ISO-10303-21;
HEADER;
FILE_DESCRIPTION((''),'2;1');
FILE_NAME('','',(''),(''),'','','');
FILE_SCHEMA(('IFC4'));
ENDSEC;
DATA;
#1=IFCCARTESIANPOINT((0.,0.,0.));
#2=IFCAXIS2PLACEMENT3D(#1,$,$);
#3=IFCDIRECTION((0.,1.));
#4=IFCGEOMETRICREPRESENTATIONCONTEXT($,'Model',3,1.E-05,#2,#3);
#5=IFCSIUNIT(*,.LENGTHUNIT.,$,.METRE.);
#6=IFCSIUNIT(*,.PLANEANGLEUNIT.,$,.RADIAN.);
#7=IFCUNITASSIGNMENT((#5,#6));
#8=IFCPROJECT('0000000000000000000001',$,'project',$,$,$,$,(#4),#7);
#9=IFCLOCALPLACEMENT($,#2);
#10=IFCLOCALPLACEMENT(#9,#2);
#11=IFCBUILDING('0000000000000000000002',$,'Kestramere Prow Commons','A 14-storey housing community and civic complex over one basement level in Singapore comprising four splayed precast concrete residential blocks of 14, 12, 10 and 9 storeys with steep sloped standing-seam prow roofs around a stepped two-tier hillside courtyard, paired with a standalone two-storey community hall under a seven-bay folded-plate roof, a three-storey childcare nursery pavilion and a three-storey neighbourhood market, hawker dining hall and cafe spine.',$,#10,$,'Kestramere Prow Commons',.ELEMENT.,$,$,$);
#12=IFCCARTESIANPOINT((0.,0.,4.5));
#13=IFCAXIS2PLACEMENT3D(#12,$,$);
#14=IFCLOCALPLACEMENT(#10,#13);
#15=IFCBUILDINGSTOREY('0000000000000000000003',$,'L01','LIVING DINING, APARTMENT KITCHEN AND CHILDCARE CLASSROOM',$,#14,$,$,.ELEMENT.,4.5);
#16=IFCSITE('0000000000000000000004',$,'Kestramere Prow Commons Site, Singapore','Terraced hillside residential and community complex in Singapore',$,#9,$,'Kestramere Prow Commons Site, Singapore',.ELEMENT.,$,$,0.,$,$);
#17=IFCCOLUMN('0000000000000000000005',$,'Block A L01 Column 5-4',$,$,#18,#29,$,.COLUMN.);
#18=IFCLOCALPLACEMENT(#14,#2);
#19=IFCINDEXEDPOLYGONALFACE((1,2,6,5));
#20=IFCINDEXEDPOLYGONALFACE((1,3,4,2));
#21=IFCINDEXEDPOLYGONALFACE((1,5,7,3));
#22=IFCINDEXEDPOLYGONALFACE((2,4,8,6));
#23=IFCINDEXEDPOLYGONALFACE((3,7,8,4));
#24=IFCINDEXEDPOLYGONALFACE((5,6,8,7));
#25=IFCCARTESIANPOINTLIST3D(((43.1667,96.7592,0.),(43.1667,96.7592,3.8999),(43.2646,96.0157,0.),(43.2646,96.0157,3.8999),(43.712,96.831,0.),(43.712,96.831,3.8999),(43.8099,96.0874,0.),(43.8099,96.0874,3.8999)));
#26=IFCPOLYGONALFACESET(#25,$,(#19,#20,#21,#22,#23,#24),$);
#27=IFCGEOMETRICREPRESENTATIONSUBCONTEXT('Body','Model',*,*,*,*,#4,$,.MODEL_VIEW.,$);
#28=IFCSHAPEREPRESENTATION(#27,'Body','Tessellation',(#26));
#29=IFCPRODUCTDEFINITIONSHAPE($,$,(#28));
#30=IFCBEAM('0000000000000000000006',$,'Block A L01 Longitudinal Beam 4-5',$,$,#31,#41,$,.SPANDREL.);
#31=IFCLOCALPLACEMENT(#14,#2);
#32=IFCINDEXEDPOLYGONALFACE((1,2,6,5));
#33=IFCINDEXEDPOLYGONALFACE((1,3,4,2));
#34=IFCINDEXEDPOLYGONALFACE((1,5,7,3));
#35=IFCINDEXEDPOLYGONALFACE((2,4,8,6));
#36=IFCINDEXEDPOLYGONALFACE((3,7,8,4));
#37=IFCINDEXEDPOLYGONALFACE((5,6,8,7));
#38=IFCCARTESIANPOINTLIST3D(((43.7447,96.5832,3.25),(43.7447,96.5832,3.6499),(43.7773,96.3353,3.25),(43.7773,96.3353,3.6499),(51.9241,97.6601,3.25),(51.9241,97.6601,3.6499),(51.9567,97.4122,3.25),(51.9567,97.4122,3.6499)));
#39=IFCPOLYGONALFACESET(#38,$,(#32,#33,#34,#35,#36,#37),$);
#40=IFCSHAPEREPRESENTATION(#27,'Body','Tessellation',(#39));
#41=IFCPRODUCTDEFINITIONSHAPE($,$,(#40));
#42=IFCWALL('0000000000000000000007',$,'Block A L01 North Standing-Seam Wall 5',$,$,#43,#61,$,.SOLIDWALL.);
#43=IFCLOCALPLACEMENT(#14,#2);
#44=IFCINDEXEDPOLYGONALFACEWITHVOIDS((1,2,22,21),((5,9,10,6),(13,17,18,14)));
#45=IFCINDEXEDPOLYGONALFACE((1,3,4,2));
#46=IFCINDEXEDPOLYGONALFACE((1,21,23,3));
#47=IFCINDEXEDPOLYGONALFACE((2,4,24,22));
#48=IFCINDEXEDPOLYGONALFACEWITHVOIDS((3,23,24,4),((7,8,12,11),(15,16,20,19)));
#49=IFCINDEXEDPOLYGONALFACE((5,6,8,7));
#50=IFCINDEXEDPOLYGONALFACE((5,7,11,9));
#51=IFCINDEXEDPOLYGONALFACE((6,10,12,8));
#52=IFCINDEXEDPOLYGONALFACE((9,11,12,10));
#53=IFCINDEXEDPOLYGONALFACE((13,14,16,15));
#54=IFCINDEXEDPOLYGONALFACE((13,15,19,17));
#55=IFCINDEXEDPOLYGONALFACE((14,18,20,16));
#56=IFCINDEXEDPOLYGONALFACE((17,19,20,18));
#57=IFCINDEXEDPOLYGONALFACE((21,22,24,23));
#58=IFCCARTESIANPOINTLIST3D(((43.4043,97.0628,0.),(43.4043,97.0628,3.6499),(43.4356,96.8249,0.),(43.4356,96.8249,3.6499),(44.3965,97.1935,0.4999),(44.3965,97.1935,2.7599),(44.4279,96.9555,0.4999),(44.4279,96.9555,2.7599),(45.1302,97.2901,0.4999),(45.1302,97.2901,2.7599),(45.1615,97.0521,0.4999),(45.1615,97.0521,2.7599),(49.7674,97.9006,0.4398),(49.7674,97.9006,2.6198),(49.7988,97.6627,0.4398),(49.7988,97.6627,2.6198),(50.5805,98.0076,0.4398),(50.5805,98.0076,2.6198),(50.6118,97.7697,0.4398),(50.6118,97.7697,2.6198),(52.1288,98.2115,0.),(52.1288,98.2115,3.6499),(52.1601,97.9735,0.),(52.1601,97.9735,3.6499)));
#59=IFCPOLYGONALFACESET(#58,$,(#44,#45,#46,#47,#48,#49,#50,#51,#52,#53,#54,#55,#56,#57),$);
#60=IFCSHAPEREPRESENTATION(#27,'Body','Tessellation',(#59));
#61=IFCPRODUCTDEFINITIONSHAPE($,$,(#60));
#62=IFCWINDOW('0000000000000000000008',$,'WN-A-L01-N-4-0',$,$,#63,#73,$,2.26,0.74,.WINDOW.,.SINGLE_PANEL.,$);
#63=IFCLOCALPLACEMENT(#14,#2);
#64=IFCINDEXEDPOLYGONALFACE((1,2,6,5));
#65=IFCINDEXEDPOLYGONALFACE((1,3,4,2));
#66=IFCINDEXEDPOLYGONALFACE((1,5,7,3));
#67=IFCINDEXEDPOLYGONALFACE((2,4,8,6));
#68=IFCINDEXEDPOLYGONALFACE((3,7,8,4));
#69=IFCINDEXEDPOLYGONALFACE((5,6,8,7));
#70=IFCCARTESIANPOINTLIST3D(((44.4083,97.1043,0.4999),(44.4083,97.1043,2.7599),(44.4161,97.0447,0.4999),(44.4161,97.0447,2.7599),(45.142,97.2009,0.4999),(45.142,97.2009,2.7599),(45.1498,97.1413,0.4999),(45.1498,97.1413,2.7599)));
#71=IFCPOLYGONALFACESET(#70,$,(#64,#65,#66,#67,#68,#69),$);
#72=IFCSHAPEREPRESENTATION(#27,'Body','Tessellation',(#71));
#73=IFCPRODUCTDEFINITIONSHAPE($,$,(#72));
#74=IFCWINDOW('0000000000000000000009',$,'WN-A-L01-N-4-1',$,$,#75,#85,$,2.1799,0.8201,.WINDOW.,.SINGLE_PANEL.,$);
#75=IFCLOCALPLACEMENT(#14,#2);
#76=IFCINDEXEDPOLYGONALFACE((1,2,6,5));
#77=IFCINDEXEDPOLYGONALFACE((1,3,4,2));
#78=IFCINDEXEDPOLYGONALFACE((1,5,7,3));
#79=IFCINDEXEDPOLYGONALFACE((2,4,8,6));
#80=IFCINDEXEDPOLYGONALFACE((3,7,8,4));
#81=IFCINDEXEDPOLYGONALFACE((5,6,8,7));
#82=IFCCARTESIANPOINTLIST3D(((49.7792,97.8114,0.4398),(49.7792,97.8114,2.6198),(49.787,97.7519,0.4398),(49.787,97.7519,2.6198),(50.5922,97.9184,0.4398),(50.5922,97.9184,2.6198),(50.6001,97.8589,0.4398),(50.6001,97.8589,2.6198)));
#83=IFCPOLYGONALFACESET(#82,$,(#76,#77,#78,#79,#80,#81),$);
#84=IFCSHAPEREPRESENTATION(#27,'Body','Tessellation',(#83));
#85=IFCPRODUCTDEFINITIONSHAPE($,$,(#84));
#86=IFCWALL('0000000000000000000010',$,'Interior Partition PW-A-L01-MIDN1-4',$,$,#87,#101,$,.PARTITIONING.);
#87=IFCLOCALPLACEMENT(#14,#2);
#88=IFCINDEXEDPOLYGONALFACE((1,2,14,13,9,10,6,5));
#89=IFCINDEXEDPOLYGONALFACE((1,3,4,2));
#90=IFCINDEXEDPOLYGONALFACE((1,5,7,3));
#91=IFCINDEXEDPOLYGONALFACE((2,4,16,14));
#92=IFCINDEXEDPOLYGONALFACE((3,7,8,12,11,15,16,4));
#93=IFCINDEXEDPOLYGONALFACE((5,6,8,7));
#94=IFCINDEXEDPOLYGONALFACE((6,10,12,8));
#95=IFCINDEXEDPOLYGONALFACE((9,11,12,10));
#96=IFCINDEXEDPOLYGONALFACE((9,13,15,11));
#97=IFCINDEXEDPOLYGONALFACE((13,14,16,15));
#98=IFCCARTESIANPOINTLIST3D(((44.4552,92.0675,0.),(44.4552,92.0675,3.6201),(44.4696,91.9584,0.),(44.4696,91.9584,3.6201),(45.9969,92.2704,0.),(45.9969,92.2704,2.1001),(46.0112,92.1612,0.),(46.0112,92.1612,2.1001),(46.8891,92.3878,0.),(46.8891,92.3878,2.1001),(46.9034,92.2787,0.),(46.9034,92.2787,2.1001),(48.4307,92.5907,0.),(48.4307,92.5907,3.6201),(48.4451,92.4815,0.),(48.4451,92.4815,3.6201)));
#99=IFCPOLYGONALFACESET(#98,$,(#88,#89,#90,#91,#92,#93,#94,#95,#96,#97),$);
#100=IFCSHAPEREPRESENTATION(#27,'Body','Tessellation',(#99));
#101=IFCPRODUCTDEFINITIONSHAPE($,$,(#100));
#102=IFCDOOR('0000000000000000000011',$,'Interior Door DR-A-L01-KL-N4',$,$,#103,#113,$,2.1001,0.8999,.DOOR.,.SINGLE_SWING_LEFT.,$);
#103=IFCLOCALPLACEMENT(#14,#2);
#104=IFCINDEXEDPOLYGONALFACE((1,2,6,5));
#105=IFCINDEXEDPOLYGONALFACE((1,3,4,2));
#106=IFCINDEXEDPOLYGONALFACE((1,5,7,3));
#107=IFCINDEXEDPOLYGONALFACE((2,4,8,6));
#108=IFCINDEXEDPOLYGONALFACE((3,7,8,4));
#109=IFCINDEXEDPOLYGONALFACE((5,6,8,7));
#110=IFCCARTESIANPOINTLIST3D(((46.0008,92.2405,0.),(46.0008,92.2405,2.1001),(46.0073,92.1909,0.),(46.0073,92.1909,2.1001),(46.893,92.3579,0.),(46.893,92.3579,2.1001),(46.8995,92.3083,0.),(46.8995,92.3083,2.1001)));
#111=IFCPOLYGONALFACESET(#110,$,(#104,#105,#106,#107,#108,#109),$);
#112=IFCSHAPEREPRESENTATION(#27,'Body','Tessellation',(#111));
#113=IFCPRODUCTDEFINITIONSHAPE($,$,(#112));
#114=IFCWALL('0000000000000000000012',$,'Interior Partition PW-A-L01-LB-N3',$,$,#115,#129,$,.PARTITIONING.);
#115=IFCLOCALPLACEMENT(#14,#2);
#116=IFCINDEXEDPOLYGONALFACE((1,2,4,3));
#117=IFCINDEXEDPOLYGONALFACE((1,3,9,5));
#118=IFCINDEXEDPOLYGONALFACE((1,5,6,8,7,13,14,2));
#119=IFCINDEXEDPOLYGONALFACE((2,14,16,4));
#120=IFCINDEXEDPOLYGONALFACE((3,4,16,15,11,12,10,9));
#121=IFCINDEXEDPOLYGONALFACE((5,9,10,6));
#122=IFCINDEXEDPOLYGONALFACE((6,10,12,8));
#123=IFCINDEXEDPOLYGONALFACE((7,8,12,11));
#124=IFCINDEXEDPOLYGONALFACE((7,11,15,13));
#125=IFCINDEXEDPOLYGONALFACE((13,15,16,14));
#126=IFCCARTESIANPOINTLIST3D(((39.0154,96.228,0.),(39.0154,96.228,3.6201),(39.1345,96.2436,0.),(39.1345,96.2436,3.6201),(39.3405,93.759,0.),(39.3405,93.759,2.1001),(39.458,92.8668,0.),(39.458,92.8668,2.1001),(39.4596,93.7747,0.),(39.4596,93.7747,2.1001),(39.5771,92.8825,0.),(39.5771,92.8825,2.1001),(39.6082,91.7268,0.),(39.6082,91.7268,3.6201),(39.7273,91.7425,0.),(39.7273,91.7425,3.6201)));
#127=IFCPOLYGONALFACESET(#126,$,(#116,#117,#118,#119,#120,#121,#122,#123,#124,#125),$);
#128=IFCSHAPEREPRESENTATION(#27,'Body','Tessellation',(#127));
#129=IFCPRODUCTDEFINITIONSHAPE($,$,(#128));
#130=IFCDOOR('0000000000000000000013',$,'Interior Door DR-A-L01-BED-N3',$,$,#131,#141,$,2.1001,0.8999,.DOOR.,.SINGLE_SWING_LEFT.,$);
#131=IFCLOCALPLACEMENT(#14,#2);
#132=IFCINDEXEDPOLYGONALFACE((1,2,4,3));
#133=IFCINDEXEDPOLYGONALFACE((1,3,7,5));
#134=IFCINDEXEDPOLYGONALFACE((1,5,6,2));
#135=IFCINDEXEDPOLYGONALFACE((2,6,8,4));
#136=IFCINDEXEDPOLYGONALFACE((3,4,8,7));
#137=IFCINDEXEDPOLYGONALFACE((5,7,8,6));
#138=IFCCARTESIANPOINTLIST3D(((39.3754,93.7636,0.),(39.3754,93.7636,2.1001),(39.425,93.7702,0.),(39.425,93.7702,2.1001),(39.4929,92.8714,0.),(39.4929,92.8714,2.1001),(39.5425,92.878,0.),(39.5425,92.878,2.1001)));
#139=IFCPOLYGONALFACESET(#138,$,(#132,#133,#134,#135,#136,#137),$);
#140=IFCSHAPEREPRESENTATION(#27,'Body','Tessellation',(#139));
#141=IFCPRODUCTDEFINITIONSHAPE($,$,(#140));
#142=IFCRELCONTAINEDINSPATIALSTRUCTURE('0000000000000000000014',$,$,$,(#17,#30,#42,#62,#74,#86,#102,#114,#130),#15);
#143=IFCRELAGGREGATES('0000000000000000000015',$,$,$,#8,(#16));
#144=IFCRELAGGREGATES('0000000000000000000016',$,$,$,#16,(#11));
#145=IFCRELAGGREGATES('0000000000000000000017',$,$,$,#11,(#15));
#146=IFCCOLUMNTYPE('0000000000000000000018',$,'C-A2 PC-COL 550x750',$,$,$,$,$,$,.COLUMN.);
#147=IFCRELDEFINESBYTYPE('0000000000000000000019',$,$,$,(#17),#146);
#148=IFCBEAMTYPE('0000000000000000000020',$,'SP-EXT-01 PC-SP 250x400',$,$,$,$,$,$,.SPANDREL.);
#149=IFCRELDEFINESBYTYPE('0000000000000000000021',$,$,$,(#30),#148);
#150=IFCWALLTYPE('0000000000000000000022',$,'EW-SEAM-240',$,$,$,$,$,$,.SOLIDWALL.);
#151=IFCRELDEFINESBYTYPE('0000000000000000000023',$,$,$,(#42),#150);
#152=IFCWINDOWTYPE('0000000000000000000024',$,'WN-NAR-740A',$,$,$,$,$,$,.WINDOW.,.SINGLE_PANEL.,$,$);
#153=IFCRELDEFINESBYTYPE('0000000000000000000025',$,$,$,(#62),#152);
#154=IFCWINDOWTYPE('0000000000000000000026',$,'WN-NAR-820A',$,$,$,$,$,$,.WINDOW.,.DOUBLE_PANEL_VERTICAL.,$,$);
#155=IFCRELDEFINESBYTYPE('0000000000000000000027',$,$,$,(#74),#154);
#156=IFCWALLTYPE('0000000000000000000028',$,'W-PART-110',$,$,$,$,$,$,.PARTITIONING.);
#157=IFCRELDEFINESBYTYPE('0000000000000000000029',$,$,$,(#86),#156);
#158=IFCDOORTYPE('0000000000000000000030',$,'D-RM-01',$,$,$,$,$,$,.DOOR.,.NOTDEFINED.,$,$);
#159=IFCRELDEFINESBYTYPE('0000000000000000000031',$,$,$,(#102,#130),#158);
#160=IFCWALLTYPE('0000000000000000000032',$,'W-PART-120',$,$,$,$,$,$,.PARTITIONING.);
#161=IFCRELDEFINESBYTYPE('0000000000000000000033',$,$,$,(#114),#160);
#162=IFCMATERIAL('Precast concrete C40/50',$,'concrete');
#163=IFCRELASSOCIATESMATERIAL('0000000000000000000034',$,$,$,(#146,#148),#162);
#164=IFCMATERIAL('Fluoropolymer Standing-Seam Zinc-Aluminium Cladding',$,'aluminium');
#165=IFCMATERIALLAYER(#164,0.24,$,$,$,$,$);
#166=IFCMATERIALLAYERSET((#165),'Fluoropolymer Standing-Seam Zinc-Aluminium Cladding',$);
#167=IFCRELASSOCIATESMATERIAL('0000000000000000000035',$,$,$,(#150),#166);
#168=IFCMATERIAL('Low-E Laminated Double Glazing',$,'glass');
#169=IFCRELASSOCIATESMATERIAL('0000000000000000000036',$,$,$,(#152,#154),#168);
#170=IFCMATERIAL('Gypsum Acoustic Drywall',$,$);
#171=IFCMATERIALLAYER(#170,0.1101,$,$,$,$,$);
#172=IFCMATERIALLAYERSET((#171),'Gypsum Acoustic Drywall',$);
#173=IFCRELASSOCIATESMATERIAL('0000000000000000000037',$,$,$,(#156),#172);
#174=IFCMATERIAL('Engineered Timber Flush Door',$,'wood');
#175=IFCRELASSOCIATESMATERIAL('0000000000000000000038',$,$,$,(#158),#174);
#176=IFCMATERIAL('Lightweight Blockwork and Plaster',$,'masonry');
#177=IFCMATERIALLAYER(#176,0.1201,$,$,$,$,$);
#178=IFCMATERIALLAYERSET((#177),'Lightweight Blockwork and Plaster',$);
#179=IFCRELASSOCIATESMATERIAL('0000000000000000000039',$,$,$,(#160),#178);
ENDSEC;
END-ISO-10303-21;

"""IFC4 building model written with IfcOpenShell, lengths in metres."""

from ifc_helpers import new_model, si_unit, direction, frame, frame_2d, origin, origin_2d, place, context, subcontext, project, spatial, rectangle, extrude, material, layer, layer_set, material_profile, profile_set, type_object, element, fill, save


model = new_model("IFC4")

# Units and contexts
model_context = context("Model", 3, precision=1e-05, world=origin(), true_north=direction((0.0, 1.0)))
body_context = subcontext(model_context, "Body", "Model", "MODEL_VIEW")
ifc_project = project(units=[si_unit("LENGTHUNIT", "METRE"), si_unit("PLANEANGLEUNIT", "RADIAN")], contexts=[model_context])

# Site, building, storey
site_placement = place(None, origin())
site = spatial("IfcSite", under=ifc_project, at=site_placement, Name="Kestramere Prow Commons Site, Singapore", Description="Terraced hillside residential and community complex in Singapore", LongName="Kestramere Prow Commons Site, Singapore", CompositionType="ELEMENT", RefElevation=0.0)
building_placement = place(site_placement, origin())
building = spatial("IfcBuilding", under=site, at=building_placement, Name="Kestramere Prow Commons", Description="A 14-storey housing community and civic complex over one basement level in Singapore comprising four splayed precast concrete residential blocks of 14, 12, 10 and 9 storeys with steep sloped standing-seam prow roofs around a stepped two-tier hillside courtyard, paired with a standalone two-storey community hall under a seven-bay folded-plate roof, a three-storey childcare nursery pavilion and a three-storey neighbourhood market, hawker dining hall and cafe spine.", LongName="Kestramere Prow Commons", CompositionType="ELEMENT")
storey_placement = place(building_placement, frame((0.0, 0.0, 4.5)))
storey = spatial("IfcBuildingStorey", under=building, at=storey_placement, Name="L01", Description="LIVING DINING, APARTMENT KITCHEN AND CHILDCARE CLASSROOM", CompositionType="ELEMENT", Elevation=4.5)

# Column
ifc_material_1 = material(Name="Precast concrete C40/50", Category="concrete")
ifc_material_profile_1 = material_profile(ifc_material_1, rectangle(XDim=0.55, YDim=0.75, at=origin_2d()), Name="PC-COL 550x750")
ifc_profile_set_1 = profile_set([ifc_material_profile_1], Name="Precast concrete C40/50")
column_type = type_object("IfcColumnType", Name="C-A2 PC-COL 550x750", PredefinedType="COLUMN", material=ifc_profile_set_1)
column_placement = place(storey_placement, frame((43.4883, 96.4233, 0.0), z_axis=(0.0, 0.0, 1.0), x_axis=(0.991445, 0.130526, 0.0)))
element("IfcColumn", 1, at=column_placement, inside=storey, type_object=column_type, Name="Block A L01 Column 5-4", PredefinedType="COLUMN", context=body_context, shape_type="SweptSolid", body=[
    extrude(rectangle(XDim=0.55, YDim=0.75, at=origin_2d()), origin(), (0.0, 0.0, 1.0), 3.8999),
])

# Beam
ifc_material_profile_2 = material_profile(ifc_material_1, rectangle(XDim=0.25, YDim=0.3999, at=origin_2d()), Name="PC-SP 250x400")
ifc_profile_set_2 = profile_set([ifc_material_profile_2], Name="Precast concrete C40/50")
beam_type = type_object("IfcBeamType", Name="SP-EXT-01 PC-SP 250x400", PredefinedType="SPANDREL", material=ifc_profile_set_2)
beam_placement = place(storey_placement, frame((43.761, 96.4592, 3.45), z_axis=(0.991444, 0.130533, 0.0), x_axis=(-0.130533, 0.991444, 0.0)))
element("IfcBeam", 2, at=beam_placement, inside=storey, type_object=beam_type, Name="Block A L01 Longitudinal Beam 4-5", PredefinedType="SPANDREL", context=body_context, shape_type="SweptSolid", body=[
    extrude(rectangle(XDim=0.25, YDim=0.3999, at=origin_2d()), origin(), (0.0, 0.0, 1.0), 8.25),
])

# Wall, openings, windows
ifc_material_2 = material(Name="Fluoropolymer Standing-Seam Zinc-Aluminium Cladding", Category="aluminium")
ifc_layer_1 = layer(ifc_material_2, 0.24)
ifc_layer_set_1 = layer_set([ifc_layer_1], Name="Fluoropolymer Standing-Seam Zinc-Aluminium Cladding")
wall_type_1 = type_object("IfcWallType", Name="EW-SEAM-240", PredefinedType="SOLIDWALL", material=ifc_layer_set_1)
wall_1_placement = place(storey_placement, frame((43.4199, 96.9438, 0.0), z_axis=(0.0, 0.0, 1.0), x_axis=(0.991444, 0.130533, 0.0)))
wall_1 = element("IfcWall", 3, at=wall_1_placement, inside=storey, type_object=wall_type_1, Name="Block A L01 North Standing-Seam Wall 5", PredefinedType="SOLIDWALL", context=body_context, shape_type="SweptSolid", body=[
    extrude(rectangle(XDim=8.7998, YDim=0.24, at=frame_2d((4.3999, 0.0))), origin(), (0.0, 0.0, 1.0), 3.6499),
])
opening_1_placement = place(wall_1_placement, frame((1.0007, 0.0, 0.5)))
opening_1 = element("IfcOpeningElement", 4, at=opening_1_placement, cuts=wall_1, PredefinedType="OPENING", context=body_context, shape_type="SweptSolid", body=[
    extrude(rectangle(XDim=0.74, YDim=2.26, at=frame_2d((0.3701, 1.1299))), frame((0.0, 0.135, 0.0), z_axis=(0.0, -1.0, 0.0), x_axis=(1.0, 0.0, 0.0)), (0.0, 0.0, 1.0), 0.27),
])
opening_2_placement = place(wall_1_placement, frame((6.418, 0.0, 0.4399)))
opening_2 = element("IfcOpeningElement", 5, at=opening_2_placement, cuts=wall_1, PredefinedType="OPENING", context=body_context, shape_type="SweptSolid", body=[
    extrude(rectangle(XDim=0.8201, YDim=2.1799, at=frame_2d((0.4102, 1.0898))), frame((0.0, 0.135, 0.0), z_axis=(0.0, -1.0, 0.0), x_axis=(1.0, 0.0, 0.0)), (0.0, 0.0, 1.0), 0.27),
])
ifc_material_3 = material(Name="Low-E Laminated Double Glazing", Category="glass")
window_type_1 = type_object("IfcWindowType", Name="WN-NAR-740A", PartitioningType="SINGLE_PANEL", PredefinedType="WINDOW", material=ifc_material_3)
window_1_placement = place(opening_1_placement, origin())
window_1 = element("IfcWindow", 6, at=window_1_placement, inside=storey, type_object=window_type_1, Name="WN-A-L01-N-4-0", OverallHeight=2.26, OverallWidth=0.74, PartitioningType="SINGLE_PANEL", PredefinedType="WINDOW", context=body_context, shape_type="SweptSolid", body=[
    extrude(rectangle(XDim=0.74, YDim=2.26, at=frame_2d((0.3701, 1.1299))), frame((0.0, 0.03, 0.0), z_axis=(0.0, -1.0, 0.0), x_axis=(1.0, 0.0, 0.0)), (0.0, 0.0, 1.0), 0.0601),
])
fill(opening_1, window_1)
window_type_2 = type_object("IfcWindowType", Name="WN-NAR-820A", PartitioningType="DOUBLE_PANEL_VERTICAL", PredefinedType="WINDOW", material=ifc_material_3)
window_2_placement = place(opening_2_placement, origin())
window_2 = element("IfcWindow", 7, at=window_2_placement, inside=storey, type_object=window_type_2, Name="WN-A-L01-N-4-1", OverallHeight=2.1799, OverallWidth=0.8201, PartitioningType="SINGLE_PANEL", PredefinedType="WINDOW", context=body_context, shape_type="SweptSolid", body=[
    extrude(rectangle(XDim=0.8201, YDim=2.1799, at=frame_2d((0.4102, 1.0898))), frame((0.0, 0.03, 0.0), z_axis=(0.0, -1.0, 0.0), x_axis=(1.0, 0.0, 0.0)), (0.0, 0.0, 1.0), 0.0601),
])
fill(opening_2, window_2)

# Walls, openings, doors
ifc_material_4 = material(Name="Gypsum Acoustic Drywall")
ifc_layer_2 = layer(ifc_material_4, 0.1101)
ifc_layer_set_2 = layer_set([ifc_layer_2], Name="Gypsum Acoustic Drywall")
wall_type_2 = type_object("IfcWallType", Name="W-PART-110", PredefinedType="PARTITIONING", material=ifc_layer_set_2)
wall_2_placement = place(storey_placement, frame((44.4624, 92.0129, 0.0), z_axis=(0.0, 0.0, 1.0), x_axis=(0.991451, 0.130477, 0.0)))
wall_2 = element("IfcWall", 8, at=wall_2_placement, inside=storey, type_object=wall_type_2, Name="Interior Partition PW-A-L01-MIDN1-4", PredefinedType="PARTITIONING", context=body_context, shape_type="SweptSolid", body=[
    extrude(rectangle(XDim=4.0098, YDim=0.1101, at=frame_2d((2.0049, 0.0))), origin(), (0.0, 0.0, 1.0), 3.6201),
])
opening_3_placement = place(wall_2_placement, frame((1.5549, 0.0, 0.0)))
opening_3 = element("IfcOpeningElement", 9, at=opening_3_placement, cuts=wall_2, PredefinedType="OPENING", context=body_context, shape_type="SweptSolid", body=[
    extrude(rectangle(XDim=0.8999, YDim=2.1001, at=frame_2d((0.45, 1.05))), frame((0.0, 0.0701, 0.0), z_axis=(0.0, -1.0, 0.0), x_axis=(1.0, 0.0, 0.0)), (0.0, 0.0, 1.0), 0.1401),
])
ifc_material_5 = material(Name="Engineered Timber Flush Door", Category="wood")
door_type_1 = type_object("IfcDoorType", Name="D-RM-01", OperationType="NOTDEFINED", PredefinedType="DOOR", material=ifc_material_5)
door_1_placement = place(opening_3_placement, origin())
door_1 = element("IfcDoor", 10, at=door_1_placement, inside=storey, type_object=door_type_1, Name="Interior Door DR-A-L01-KL-N4", OperationType="SINGLE_SWING_LEFT", OverallHeight=2.1001, OverallWidth=0.8999, PredefinedType="DOOR", context=body_context, shape_type="SweptSolid", body=[
    extrude(rectangle(XDim=0.8999, YDim=2.1001, at=frame_2d((0.45, 1.05))), frame((0.0, 0.0249, 0.0), z_axis=(0.0, -1.0, 0.0), x_axis=(1.0, 0.0, 0.0)), (0.0, 0.0, 1.0), 0.05),
])
fill(opening_3, door_1)
ifc_material_6 = material(Name="Lightweight Blockwork and Plaster", Category="masonry")
ifc_layer_3 = layer(ifc_material_6, 0.1201)
ifc_layer_set_3 = layer_set([ifc_layer_3], Name="Lightweight Blockwork and Plaster")
wall_type_3 = type_object("IfcWallType", Name="W-PART-120", PredefinedType="PARTITIONING", material=ifc_layer_set_3)
wall_3_placement = place(storey_placement, frame((39.6677, 91.7346, 0.0), z_axis=(0.0, 0.0, 1.0), x_axis=(-0.130564, 0.99144, 0.0)))
wall_3 = element("IfcWall", 11, at=wall_3_placement, inside=storey, type_object=wall_type_3, Name="Interior Partition PW-A-L01-LB-N3", PredefinedType="PARTITIONING", context=body_context, shape_type="SweptSolid", body=[
    extrude(rectangle(XDim=4.54, YDim=0.1201, at=frame_2d((2.27, 0.0))), origin(), (0.0, 0.0, 1.0), 3.6201),
])
opening_4_placement = place(wall_3_placement, frame((1.1499, 0.0, 0.0)))
opening_4 = element("IfcOpeningElement", 12, at=opening_4_placement, cuts=wall_3, PredefinedType="OPENING", context=body_context, shape_type="SweptSolid", body=[
    extrude(rectangle(XDim=0.8999, YDim=2.1001, at=frame_2d((0.45, 1.05))), frame((0.0, 0.075, 0.0), z_axis=(0.0, -1.0, 0.0), x_axis=(1.0, 0.0, 0.0)), (0.0, 0.0, 1.0), 0.1501),
])
door_2_placement = place(opening_4_placement, origin())
door_2 = element("IfcDoor", 13, at=door_2_placement, inside=storey, type_object=door_type_1, Name="Interior Door DR-A-L01-BED-N3", OperationType="SINGLE_SWING_LEFT", OverallHeight=2.1001, OverallWidth=0.8999, PredefinedType="DOOR", context=body_context, shape_type="SweptSolid", body=[
    extrude(rectangle(XDim=0.8999, YDim=2.1001, at=frame_2d((0.45, 1.05))), frame((0.0, 0.0249, 0.0), z_axis=(0.0, -1.0, 0.0), x_axis=(1.0, 0.0, 0.0)), (0.0, 0.0, 1.0), 0.05),
])
fill(opening_4, door_2)

save(model, "model.ifc")
